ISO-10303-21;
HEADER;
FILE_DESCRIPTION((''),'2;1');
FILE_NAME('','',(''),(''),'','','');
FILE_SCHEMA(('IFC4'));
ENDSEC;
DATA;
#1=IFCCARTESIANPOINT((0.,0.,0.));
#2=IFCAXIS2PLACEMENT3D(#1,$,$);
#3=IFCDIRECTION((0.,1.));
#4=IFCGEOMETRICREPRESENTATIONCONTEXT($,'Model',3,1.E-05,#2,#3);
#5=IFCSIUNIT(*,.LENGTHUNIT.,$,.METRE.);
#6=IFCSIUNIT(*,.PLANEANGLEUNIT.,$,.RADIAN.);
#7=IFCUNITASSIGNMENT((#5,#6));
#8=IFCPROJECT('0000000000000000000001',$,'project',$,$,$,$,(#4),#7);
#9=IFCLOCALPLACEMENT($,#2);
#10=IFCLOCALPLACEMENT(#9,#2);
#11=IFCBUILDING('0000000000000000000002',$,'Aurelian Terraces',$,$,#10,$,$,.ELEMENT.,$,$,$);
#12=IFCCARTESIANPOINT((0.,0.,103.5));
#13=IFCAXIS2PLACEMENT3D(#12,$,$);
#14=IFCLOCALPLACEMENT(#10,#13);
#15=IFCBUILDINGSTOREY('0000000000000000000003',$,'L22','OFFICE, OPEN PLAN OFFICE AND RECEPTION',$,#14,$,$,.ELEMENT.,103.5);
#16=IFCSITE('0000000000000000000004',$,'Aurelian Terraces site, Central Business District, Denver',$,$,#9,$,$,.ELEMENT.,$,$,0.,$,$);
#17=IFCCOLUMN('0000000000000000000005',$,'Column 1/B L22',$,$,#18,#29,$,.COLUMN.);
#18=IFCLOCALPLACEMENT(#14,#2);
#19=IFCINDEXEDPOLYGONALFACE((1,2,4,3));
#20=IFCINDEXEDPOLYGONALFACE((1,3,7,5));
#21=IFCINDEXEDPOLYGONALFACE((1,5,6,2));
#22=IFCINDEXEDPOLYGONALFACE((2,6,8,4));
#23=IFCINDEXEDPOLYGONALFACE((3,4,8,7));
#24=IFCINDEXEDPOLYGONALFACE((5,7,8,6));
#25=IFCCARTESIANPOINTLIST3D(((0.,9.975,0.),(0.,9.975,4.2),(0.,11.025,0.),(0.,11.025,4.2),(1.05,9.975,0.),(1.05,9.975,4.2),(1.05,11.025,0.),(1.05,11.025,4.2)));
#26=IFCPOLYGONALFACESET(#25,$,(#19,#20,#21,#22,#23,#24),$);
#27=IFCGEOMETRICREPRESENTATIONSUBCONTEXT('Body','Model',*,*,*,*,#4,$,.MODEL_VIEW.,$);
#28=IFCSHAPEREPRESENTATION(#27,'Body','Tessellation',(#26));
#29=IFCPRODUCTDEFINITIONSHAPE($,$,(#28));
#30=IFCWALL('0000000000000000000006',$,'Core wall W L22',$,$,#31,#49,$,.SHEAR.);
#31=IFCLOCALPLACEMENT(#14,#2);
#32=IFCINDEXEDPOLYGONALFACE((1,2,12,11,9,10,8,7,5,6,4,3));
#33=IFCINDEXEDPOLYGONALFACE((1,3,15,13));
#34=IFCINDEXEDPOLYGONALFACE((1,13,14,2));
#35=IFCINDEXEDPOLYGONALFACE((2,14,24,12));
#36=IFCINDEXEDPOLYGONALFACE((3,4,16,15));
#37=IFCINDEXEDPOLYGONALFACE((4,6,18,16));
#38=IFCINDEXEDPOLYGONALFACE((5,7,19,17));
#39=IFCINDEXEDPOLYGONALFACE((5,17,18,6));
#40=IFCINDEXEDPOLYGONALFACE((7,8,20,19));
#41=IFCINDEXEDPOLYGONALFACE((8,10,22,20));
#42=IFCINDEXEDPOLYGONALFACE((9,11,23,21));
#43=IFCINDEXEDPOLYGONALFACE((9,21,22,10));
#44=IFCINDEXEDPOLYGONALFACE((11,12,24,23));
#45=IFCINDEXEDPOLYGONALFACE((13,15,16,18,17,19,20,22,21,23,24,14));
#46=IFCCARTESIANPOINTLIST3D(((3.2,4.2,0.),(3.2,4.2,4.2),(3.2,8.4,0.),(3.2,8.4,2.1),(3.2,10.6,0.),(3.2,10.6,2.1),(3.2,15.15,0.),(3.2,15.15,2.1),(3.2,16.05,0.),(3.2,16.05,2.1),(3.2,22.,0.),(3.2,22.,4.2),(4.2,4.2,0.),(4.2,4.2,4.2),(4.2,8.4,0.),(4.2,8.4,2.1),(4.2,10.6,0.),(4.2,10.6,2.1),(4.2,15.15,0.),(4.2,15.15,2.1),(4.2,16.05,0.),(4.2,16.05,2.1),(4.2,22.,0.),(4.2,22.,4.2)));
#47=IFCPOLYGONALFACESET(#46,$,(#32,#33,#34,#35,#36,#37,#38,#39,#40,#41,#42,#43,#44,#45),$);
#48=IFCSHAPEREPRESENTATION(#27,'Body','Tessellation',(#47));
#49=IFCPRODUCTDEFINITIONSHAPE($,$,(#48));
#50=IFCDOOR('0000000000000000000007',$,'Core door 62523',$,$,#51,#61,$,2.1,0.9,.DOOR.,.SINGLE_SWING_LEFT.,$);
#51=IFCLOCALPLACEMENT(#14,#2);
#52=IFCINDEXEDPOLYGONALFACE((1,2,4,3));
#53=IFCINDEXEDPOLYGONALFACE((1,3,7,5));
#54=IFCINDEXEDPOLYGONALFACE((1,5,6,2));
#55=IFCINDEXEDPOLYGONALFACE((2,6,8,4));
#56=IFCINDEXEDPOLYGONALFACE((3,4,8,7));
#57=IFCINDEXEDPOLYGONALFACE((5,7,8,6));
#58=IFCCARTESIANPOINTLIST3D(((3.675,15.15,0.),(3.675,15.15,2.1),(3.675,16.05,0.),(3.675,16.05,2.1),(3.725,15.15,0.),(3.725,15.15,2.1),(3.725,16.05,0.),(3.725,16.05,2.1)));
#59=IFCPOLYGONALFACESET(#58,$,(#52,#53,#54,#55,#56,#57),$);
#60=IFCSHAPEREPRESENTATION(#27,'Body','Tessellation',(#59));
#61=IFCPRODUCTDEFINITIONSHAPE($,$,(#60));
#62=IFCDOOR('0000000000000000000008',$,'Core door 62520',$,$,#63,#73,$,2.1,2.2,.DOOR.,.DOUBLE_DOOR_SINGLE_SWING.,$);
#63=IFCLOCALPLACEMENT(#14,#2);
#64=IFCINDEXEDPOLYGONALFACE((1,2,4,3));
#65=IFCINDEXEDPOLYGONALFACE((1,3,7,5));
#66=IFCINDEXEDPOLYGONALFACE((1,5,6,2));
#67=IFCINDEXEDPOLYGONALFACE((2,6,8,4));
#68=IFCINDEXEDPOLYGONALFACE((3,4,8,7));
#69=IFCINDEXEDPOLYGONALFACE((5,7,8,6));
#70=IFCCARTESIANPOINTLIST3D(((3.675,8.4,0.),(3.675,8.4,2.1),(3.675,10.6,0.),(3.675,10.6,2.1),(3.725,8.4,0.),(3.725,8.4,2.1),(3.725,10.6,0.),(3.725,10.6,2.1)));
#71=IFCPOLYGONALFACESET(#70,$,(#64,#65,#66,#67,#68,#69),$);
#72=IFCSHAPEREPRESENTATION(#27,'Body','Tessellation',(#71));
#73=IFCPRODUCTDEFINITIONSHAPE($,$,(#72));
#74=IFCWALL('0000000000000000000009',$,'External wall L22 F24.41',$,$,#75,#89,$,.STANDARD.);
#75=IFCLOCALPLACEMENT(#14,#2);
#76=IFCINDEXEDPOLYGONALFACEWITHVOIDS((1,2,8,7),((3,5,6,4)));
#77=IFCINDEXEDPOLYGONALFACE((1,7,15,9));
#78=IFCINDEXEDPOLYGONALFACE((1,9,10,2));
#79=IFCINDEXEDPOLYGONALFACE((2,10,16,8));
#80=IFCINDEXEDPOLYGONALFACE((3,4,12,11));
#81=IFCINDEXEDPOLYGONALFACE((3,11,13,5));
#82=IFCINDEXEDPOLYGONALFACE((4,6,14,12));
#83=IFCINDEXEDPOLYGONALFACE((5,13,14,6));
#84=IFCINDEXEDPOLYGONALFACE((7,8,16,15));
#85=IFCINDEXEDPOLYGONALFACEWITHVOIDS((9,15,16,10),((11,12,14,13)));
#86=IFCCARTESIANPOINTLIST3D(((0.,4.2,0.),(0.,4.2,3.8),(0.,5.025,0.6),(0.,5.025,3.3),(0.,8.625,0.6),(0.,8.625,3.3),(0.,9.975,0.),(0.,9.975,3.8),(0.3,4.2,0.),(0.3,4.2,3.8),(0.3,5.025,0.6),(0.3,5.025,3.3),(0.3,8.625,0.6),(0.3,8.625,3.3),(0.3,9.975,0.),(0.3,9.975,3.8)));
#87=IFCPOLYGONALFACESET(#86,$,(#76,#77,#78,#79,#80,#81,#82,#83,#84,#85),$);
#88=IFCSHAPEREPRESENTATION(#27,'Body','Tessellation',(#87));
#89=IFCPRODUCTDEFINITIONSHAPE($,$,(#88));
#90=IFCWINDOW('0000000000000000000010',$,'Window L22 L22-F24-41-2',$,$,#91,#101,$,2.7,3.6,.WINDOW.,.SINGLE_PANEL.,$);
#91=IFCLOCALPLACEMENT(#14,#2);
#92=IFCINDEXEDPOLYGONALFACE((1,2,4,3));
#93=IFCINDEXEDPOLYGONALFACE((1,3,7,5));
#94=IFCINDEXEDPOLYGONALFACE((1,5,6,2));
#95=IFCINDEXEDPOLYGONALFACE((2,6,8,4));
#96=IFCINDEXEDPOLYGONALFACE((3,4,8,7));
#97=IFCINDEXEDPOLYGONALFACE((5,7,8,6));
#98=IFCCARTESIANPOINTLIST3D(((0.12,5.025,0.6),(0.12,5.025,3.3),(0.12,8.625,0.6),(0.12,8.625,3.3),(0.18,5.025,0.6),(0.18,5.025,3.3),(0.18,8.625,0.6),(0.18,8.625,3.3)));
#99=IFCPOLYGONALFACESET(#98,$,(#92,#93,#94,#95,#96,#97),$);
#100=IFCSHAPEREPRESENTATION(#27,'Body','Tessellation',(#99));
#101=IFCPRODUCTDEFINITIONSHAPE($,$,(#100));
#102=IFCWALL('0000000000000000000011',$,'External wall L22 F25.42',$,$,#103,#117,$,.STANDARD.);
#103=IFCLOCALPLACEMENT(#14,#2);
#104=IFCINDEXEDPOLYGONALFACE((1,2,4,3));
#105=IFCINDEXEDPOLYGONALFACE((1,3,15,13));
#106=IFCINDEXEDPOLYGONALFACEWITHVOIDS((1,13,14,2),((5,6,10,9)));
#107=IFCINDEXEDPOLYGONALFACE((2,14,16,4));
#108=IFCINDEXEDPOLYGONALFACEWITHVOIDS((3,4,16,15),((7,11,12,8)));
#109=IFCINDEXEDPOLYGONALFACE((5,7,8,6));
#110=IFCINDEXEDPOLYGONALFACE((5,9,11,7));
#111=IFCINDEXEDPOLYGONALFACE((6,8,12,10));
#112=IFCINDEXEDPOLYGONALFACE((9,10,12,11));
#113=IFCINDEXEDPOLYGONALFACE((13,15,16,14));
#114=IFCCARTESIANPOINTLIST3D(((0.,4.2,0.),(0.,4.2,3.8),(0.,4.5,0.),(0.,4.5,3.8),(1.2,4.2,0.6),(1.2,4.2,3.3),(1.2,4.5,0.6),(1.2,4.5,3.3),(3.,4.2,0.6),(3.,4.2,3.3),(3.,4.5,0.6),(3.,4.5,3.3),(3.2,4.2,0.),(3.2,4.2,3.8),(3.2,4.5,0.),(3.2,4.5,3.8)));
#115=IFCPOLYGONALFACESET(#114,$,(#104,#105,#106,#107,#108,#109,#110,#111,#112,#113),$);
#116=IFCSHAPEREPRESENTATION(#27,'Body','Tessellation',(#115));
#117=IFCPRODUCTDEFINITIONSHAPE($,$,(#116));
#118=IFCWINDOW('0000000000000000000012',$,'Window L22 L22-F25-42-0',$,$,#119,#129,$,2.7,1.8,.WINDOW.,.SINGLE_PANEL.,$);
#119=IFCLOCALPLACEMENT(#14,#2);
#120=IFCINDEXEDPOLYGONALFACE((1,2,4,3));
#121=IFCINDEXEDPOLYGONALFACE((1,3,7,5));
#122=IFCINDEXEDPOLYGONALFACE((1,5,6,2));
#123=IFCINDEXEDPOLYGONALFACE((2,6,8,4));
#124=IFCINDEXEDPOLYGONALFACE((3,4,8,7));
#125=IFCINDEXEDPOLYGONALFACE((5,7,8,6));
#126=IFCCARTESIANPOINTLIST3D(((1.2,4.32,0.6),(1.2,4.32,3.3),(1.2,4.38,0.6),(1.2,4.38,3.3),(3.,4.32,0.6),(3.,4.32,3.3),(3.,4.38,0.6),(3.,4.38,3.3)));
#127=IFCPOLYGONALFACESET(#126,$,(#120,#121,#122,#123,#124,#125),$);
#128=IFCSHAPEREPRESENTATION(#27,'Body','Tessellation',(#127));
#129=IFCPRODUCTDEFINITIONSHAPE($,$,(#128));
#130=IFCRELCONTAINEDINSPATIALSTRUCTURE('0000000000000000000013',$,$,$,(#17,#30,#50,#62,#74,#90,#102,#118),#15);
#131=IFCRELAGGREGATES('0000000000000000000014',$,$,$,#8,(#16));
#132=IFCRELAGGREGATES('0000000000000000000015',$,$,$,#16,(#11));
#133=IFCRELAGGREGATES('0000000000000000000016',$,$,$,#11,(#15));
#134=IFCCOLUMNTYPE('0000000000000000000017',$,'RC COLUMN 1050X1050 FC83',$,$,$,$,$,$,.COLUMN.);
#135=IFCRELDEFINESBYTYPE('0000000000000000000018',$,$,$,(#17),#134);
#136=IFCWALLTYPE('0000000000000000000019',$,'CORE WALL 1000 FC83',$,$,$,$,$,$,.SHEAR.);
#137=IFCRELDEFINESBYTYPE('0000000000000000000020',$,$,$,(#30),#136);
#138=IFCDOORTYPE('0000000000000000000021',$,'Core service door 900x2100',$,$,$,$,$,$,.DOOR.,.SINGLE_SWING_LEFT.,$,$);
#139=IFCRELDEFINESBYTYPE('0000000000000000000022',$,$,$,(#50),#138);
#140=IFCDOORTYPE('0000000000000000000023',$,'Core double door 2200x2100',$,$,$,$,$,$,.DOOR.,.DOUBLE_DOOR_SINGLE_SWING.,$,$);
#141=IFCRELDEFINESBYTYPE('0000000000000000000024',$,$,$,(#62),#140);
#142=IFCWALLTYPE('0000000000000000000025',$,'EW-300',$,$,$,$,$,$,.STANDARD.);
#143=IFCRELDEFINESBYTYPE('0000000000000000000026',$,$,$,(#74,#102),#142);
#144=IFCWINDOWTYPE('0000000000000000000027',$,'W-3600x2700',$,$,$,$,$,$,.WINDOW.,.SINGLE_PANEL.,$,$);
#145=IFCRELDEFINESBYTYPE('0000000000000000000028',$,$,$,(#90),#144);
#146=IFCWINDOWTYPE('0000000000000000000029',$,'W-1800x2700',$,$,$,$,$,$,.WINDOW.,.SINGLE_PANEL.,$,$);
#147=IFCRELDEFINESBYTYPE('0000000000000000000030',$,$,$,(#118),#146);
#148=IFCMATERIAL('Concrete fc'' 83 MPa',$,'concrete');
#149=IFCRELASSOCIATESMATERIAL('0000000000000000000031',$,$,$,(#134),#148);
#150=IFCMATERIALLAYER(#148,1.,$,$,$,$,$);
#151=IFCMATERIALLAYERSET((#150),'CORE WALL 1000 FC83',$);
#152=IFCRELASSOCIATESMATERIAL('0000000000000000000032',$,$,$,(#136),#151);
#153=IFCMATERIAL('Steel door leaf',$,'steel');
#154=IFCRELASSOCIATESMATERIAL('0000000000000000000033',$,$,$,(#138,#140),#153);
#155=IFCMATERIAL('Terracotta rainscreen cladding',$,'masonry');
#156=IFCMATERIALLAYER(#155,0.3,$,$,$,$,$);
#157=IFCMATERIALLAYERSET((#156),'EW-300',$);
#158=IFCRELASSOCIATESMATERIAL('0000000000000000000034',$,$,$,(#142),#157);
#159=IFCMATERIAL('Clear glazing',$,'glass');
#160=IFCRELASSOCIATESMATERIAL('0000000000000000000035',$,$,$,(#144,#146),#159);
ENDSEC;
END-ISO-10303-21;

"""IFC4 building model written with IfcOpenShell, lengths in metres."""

from ifc_helpers import new_model, si_unit, direction, frame, frame_2d, origin, origin_2d, place, context, subcontext, project, spatial, rectangle, extrude, source, transform, mapped, material, layer, layer_set, material_profile, profile_set, type_object, element, fill, save


model = new_model("IFC4")

# Units and contexts
model_context = context("Model", 3, precision=1e-05, world=origin(), true_north=direction((0.0, 1.0)))
body_context = subcontext(model_context, "Body", "Model", "MODEL_VIEW")
ifc_project = project(units=[si_unit("LENGTHUNIT", "METRE"), si_unit("PLANEANGLEUNIT", "RADIAN")], contexts=[model_context])

# Site, building, storey
site_placement = place(None, origin())
site = spatial("IfcSite", under=ifc_project, at=site_placement, Name="Aurelian Terraces site, Central Business District, Denver", CompositionType="ELEMENT", RefElevation=0.0)
building_placement = place(site_placement, origin())
building = spatial("IfcBuilding", under=site, at=building_placement, Name="Aurelian Terraces", CompositionType="ELEMENT")
storey_placement = place(building_placement, frame((0.0, 0.0, 103.5)))
storey = spatial("IfcBuildingStorey", under=building, at=storey_placement, Name="L22", Description="OFFICE, OPEN PLAN OFFICE AND RECEPTION", CompositionType="ELEMENT", Elevation=103.5)

# Column
ifc_material_1 = material(Name="Concrete fc' 83 MPa", Category="concrete")
ifc_material_profile = material_profile(ifc_material_1, rectangle(XDim=1.05, YDim=1.05, at=origin_2d()))
ifc_profile_set = profile_set([ifc_material_profile], Name="Concrete fc' 83 MPa")
column_type = type_object("IfcColumnType", Name="RC COLUMN 1050X1050 FC83", PredefinedType="COLUMN", material=ifc_profile_set)
shared_shape_1 = source(origin(), body_context, "Body", "SweptSolid", [
    extrude(rectangle(XDim=1.05, YDim=1.05, at=origin_2d()), origin(), (0.0, 0.0, 1.0), 4.2),
])
column_placement = place(storey_placement, frame((0.525, 10.5, 0.0), z_axis=(0.0, 0.0, 1.0), x_axis=(1.0, 0.0, 0.0)))
element("IfcColumn", 1, at=column_placement, inside=storey, type_object=column_type, Name="Column 1/B L22", PredefinedType="COLUMN", context=body_context, shape_type="MappedRepresentation", body=[
    mapped(shared_shape_1, transform((0.0, 0.0, 0.0), scale=1.0)),
])

# Wall, openings, doors
ifc_layer_1 = layer(ifc_material_1, 1.0)
ifc_layer_set_1 = layer_set([ifc_layer_1], Name="CORE WALL 1000 FC83")
wall_type_1 = type_object("IfcWallType", Name="CORE WALL 1000 FC83", PredefinedType="SHEAR", material=ifc_layer_set_1)
wall_1_placement = place(storey_placement, frame((3.7, 4.2, 0.0), z_axis=(0.0, 0.0, 1.0), x_axis=(0.0, 1.0, 0.0)))
wall_1 = element("IfcWall", 2, at=wall_1_placement, inside=storey, type_object=wall_type_1, Name="Core wall W L22", PredefinedType="SHEAR", context=body_context, shape_type="SweptSolid", body=[
    extrude(rectangle(XDim=17.8, YDim=1.0, at=frame_2d((8.9, 0.0))), origin(), (0.0, 0.0, 1.0), 4.2),
])
opening_1_placement = place(wall_1_placement, frame((4.2, 0.0, 0.0)))
opening_1 = element("IfcOpeningElement", 3, at=opening_1_placement, cuts=wall_1, PredefinedType="OPENING", context=body_context, shape_type="SweptSolid", body=[
    extrude(rectangle(XDim=2.2, YDim=2.1, at=frame_2d((1.1, 1.05))), frame((0.0, 0.51, 0.0), z_axis=(0.0, -1.0, 0.0), x_axis=(1.0, 0.0, 0.0)), (0.0, 0.0, 1.0), 1.02),
])
opening_2_placement = place(wall_1_placement, frame((10.95, 0.0, 0.0)))
opening_2 = element("IfcOpeningElement", 4, at=opening_2_placement, cuts=wall_1, PredefinedType="OPENING", context=body_context, shape_type="SweptSolid", body=[
    extrude(rectangle(XDim=0.9, YDim=2.1, at=frame_2d((0.45, 1.05))), frame((0.0, 0.51, 0.0), z_axis=(0.0, -1.0, 0.0), x_axis=(1.0, 0.0, 0.0)), (0.0, 0.0, 1.0), 1.02),
])
ifc_material_2 = material(Name="Steel door leaf", Category="steel")
door_type_1 = type_object("IfcDoorType", Name="Core service door 900x2100", OperationType="SINGLE_SWING_LEFT", PredefinedType="DOOR", material=ifc_material_2)
shared_shape_2 = source(origin(), body_context, "Body", "SweptSolid", [
    extrude(rectangle(XDim=0.9, YDim=2.1, at=frame_2d((0.45, 1.05))), frame((0.0, 0.025, 0.0), z_axis=(0.0, -1.0, 0.0), x_axis=(1.0, 0.0, 0.0)), (0.0, 0.0, 1.0), 0.05),
])
door_1_placement = place(opening_2_placement, origin())
door_1 = element("IfcDoor", 5, at=door_1_placement, inside=storey, type_object=door_type_1, Name="Core door 62523", OperationType="SINGLE_SWING_LEFT", OverallHeight=2.1, OverallWidth=0.9, PredefinedType="DOOR", context=body_context, shape_type="MappedRepresentation", body=[
    mapped(shared_shape_2, transform((0.0, 0.0, 0.0), scale=1.0)),
])
fill(opening_2, door_1)
door_type_2 = type_object("IfcDoorType", Name="Core double door 2200x2100", OperationType="DOUBLE_DOOR_SINGLE_SWING", PredefinedType="DOOR", material=ifc_material_2)
shared_shape_3 = source(origin(), body_context, "Body", "SweptSolid", [
    extrude(rectangle(XDim=2.2, YDim=2.1, at=frame_2d((1.1, 1.05))), frame((0.0, 0.025, 0.0), z_axis=(0.0, -1.0, 0.0), x_axis=(1.0, 0.0, 0.0)), (0.0, 0.0, 1.0), 0.05),
])
door_2_placement = place(opening_1_placement, origin())
door_2 = element("IfcDoor", 6, at=door_2_placement, inside=storey, type_object=door_type_2, Name="Core door 62520", OperationType="DOUBLE_DOOR_SINGLE_SWING", OverallHeight=2.1, OverallWidth=2.2, PredefinedType="DOOR", context=body_context, shape_type="MappedRepresentation", body=[
    mapped(shared_shape_3, transform((0.0, 0.0, 0.0), scale=1.0)),
])
fill(opening_1, door_2)

# Walls, openings, windows
ifc_material_3 = material(Name="Terracotta rainscreen cladding", Category="masonry")
ifc_layer_2 = layer(ifc_material_3, 0.3)
ifc_layer_set_2 = layer_set([ifc_layer_2], Name="EW-300")
wall_type_2 = type_object("IfcWallType", Name="EW-300", PredefinedType="STANDARD", material=ifc_layer_set_2)
wall_2_placement = place(storey_placement, frame((0.15, 9.975, 0.0), z_axis=(0.0, 0.0, 1.0), x_axis=(0.0, -1.0, 0.0)))
wall_2 = element("IfcWall", 7, at=wall_2_placement, inside=storey, type_object=wall_type_2, Name="External wall L22 F24.41", PredefinedType="STANDARD", context=body_context, shape_type="SweptSolid", body=[
    extrude(rectangle(XDim=5.775, YDim=0.3, at=frame_2d((2.8875, 0.0))), origin(), (0.0, 0.0, 1.0), 3.8),
])
shared_shape_4 = source(origin(), body_context, "Body", "SweptSolid", [
    extrude(rectangle(XDim=3.6, YDim=2.7, at=frame_2d((1.8, 1.35))), frame((0.0, 0.16, 0.0), z_axis=(0.0, -1.0, 0.0), x_axis=(1.0, 0.0, 0.0)), (0.0, 0.0, 1.0), 0.32),
])
opening_3_placement = place(wall_2_placement, frame((1.35, 0.0, 0.6)))
opening_3 = element("IfcOpeningElement", 8, at=opening_3_placement, cuts=wall_2, PredefinedType="OPENING", context=body_context, shape_type="MappedRepresentation", body=[
    mapped(shared_shape_4, transform((0.0, 0.0, 0.0), scale=1.0)),
])
ifc_material_4 = material(Name="Clear glazing", Category="glass")
window_type_1 = type_object("IfcWindowType", Name="W-3600x2700", PartitioningType="SINGLE_PANEL", PredefinedType="WINDOW", material=ifc_material_4)
shared_shape_5 = source(origin(), body_context, "Body", "SweptSolid", [
    extrude(rectangle(XDim=3.6, YDim=2.7, at=frame_2d((1.8, 1.35))), frame((0.0, 0.03, 0.0), z_axis=(0.0, -1.0, 0.0), x_axis=(1.0, 0.0, 0.0)), (0.0, 0.0, 1.0), 0.06),
])
window_1_placement = place(opening_3_placement, origin())
window_1 = element("IfcWindow", 9, at=window_1_placement, inside=storey, type_object=window_type_1, Name="Window L22 L22-F24-41-2", OverallHeight=2.7, OverallWidth=3.6, PartitioningType="SINGLE_PANEL", PredefinedType="WINDOW", context=body_context, shape_type="MappedRepresentation", body=[
    mapped(shared_shape_5, transform((0.0, 0.0, 0.0), scale=1.0)),
])
fill(opening_3, window_1)
wall_3_placement = place(storey_placement, frame((0.0, 4.35, 0.0), z_axis=(0.0, 0.0, 1.0), x_axis=(1.0, 0.0, 0.0)))
wall_3 = element("IfcWall", 10, at=wall_3_placement, inside=storey, type_object=wall_type_2, Name="External wall L22 F25.42", PredefinedType="STANDARD", context=body_context, shape_type="SweptSolid", body=[
    extrude(rectangle(XDim=3.2, YDim=0.3, at=frame_2d((1.6, 0.0))), origin(), (0.0, 0.0, 1.0), 3.8),
])
shared_shape_6 = source(origin(), body_context, "Body", "SweptSolid", [
    extrude(rectangle(XDim=1.8, YDim=2.7, at=frame_2d((0.9, 1.35))), frame((0.0, 0.16, 0.0), z_axis=(0.0, -1.0, 0.0), x_axis=(1.0, 0.0, 0.0)), (0.0, 0.0, 1.0), 0.32),
])
opening_4_placement = place(wall_3_placement, frame((1.2, 0.0, 0.6)))
opening_4 = element("IfcOpeningElement", 11, at=opening_4_placement, cuts=wall_3, PredefinedType="OPENING", context=body_context, shape_type="MappedRepresentation", body=[
    mapped(shared_shape_6, transform((0.0, 0.0, 0.0), scale=1.0)),
])
window_type_2 = type_object("IfcWindowType", Name="W-1800x2700", PartitioningType="SINGLE_PANEL", PredefinedType="WINDOW", material=ifc_material_4)
shared_shape_7 = source(origin(), body_context, "Body", "SweptSolid", [
    extrude(rectangle(XDim=1.8, YDim=2.7, at=frame_2d((0.9, 1.35))), frame((0.0, 0.03, 0.0), z_axis=(0.0, -1.0, 0.0), x_axis=(1.0, 0.0, 0.0)), (0.0, 0.0, 1.0), 0.06),
])
window_2_placement = place(opening_4_placement, origin())
window_2 = element("IfcWindow", 12, at=window_2_placement, inside=storey, type_object=window_type_2, Name="Window L22 L22-F25-42-0", OverallHeight=2.7, OverallWidth=1.8, PartitioningType="SINGLE_PANEL", PredefinedType="WINDOW", context=body_context, shape_type="MappedRepresentation", body=[
    mapped(shared_shape_7, transform((0.0, 0.0, 0.0), scale=1.0)),
])
fill(opening_4, window_2)

save(model, "model.ifc")
